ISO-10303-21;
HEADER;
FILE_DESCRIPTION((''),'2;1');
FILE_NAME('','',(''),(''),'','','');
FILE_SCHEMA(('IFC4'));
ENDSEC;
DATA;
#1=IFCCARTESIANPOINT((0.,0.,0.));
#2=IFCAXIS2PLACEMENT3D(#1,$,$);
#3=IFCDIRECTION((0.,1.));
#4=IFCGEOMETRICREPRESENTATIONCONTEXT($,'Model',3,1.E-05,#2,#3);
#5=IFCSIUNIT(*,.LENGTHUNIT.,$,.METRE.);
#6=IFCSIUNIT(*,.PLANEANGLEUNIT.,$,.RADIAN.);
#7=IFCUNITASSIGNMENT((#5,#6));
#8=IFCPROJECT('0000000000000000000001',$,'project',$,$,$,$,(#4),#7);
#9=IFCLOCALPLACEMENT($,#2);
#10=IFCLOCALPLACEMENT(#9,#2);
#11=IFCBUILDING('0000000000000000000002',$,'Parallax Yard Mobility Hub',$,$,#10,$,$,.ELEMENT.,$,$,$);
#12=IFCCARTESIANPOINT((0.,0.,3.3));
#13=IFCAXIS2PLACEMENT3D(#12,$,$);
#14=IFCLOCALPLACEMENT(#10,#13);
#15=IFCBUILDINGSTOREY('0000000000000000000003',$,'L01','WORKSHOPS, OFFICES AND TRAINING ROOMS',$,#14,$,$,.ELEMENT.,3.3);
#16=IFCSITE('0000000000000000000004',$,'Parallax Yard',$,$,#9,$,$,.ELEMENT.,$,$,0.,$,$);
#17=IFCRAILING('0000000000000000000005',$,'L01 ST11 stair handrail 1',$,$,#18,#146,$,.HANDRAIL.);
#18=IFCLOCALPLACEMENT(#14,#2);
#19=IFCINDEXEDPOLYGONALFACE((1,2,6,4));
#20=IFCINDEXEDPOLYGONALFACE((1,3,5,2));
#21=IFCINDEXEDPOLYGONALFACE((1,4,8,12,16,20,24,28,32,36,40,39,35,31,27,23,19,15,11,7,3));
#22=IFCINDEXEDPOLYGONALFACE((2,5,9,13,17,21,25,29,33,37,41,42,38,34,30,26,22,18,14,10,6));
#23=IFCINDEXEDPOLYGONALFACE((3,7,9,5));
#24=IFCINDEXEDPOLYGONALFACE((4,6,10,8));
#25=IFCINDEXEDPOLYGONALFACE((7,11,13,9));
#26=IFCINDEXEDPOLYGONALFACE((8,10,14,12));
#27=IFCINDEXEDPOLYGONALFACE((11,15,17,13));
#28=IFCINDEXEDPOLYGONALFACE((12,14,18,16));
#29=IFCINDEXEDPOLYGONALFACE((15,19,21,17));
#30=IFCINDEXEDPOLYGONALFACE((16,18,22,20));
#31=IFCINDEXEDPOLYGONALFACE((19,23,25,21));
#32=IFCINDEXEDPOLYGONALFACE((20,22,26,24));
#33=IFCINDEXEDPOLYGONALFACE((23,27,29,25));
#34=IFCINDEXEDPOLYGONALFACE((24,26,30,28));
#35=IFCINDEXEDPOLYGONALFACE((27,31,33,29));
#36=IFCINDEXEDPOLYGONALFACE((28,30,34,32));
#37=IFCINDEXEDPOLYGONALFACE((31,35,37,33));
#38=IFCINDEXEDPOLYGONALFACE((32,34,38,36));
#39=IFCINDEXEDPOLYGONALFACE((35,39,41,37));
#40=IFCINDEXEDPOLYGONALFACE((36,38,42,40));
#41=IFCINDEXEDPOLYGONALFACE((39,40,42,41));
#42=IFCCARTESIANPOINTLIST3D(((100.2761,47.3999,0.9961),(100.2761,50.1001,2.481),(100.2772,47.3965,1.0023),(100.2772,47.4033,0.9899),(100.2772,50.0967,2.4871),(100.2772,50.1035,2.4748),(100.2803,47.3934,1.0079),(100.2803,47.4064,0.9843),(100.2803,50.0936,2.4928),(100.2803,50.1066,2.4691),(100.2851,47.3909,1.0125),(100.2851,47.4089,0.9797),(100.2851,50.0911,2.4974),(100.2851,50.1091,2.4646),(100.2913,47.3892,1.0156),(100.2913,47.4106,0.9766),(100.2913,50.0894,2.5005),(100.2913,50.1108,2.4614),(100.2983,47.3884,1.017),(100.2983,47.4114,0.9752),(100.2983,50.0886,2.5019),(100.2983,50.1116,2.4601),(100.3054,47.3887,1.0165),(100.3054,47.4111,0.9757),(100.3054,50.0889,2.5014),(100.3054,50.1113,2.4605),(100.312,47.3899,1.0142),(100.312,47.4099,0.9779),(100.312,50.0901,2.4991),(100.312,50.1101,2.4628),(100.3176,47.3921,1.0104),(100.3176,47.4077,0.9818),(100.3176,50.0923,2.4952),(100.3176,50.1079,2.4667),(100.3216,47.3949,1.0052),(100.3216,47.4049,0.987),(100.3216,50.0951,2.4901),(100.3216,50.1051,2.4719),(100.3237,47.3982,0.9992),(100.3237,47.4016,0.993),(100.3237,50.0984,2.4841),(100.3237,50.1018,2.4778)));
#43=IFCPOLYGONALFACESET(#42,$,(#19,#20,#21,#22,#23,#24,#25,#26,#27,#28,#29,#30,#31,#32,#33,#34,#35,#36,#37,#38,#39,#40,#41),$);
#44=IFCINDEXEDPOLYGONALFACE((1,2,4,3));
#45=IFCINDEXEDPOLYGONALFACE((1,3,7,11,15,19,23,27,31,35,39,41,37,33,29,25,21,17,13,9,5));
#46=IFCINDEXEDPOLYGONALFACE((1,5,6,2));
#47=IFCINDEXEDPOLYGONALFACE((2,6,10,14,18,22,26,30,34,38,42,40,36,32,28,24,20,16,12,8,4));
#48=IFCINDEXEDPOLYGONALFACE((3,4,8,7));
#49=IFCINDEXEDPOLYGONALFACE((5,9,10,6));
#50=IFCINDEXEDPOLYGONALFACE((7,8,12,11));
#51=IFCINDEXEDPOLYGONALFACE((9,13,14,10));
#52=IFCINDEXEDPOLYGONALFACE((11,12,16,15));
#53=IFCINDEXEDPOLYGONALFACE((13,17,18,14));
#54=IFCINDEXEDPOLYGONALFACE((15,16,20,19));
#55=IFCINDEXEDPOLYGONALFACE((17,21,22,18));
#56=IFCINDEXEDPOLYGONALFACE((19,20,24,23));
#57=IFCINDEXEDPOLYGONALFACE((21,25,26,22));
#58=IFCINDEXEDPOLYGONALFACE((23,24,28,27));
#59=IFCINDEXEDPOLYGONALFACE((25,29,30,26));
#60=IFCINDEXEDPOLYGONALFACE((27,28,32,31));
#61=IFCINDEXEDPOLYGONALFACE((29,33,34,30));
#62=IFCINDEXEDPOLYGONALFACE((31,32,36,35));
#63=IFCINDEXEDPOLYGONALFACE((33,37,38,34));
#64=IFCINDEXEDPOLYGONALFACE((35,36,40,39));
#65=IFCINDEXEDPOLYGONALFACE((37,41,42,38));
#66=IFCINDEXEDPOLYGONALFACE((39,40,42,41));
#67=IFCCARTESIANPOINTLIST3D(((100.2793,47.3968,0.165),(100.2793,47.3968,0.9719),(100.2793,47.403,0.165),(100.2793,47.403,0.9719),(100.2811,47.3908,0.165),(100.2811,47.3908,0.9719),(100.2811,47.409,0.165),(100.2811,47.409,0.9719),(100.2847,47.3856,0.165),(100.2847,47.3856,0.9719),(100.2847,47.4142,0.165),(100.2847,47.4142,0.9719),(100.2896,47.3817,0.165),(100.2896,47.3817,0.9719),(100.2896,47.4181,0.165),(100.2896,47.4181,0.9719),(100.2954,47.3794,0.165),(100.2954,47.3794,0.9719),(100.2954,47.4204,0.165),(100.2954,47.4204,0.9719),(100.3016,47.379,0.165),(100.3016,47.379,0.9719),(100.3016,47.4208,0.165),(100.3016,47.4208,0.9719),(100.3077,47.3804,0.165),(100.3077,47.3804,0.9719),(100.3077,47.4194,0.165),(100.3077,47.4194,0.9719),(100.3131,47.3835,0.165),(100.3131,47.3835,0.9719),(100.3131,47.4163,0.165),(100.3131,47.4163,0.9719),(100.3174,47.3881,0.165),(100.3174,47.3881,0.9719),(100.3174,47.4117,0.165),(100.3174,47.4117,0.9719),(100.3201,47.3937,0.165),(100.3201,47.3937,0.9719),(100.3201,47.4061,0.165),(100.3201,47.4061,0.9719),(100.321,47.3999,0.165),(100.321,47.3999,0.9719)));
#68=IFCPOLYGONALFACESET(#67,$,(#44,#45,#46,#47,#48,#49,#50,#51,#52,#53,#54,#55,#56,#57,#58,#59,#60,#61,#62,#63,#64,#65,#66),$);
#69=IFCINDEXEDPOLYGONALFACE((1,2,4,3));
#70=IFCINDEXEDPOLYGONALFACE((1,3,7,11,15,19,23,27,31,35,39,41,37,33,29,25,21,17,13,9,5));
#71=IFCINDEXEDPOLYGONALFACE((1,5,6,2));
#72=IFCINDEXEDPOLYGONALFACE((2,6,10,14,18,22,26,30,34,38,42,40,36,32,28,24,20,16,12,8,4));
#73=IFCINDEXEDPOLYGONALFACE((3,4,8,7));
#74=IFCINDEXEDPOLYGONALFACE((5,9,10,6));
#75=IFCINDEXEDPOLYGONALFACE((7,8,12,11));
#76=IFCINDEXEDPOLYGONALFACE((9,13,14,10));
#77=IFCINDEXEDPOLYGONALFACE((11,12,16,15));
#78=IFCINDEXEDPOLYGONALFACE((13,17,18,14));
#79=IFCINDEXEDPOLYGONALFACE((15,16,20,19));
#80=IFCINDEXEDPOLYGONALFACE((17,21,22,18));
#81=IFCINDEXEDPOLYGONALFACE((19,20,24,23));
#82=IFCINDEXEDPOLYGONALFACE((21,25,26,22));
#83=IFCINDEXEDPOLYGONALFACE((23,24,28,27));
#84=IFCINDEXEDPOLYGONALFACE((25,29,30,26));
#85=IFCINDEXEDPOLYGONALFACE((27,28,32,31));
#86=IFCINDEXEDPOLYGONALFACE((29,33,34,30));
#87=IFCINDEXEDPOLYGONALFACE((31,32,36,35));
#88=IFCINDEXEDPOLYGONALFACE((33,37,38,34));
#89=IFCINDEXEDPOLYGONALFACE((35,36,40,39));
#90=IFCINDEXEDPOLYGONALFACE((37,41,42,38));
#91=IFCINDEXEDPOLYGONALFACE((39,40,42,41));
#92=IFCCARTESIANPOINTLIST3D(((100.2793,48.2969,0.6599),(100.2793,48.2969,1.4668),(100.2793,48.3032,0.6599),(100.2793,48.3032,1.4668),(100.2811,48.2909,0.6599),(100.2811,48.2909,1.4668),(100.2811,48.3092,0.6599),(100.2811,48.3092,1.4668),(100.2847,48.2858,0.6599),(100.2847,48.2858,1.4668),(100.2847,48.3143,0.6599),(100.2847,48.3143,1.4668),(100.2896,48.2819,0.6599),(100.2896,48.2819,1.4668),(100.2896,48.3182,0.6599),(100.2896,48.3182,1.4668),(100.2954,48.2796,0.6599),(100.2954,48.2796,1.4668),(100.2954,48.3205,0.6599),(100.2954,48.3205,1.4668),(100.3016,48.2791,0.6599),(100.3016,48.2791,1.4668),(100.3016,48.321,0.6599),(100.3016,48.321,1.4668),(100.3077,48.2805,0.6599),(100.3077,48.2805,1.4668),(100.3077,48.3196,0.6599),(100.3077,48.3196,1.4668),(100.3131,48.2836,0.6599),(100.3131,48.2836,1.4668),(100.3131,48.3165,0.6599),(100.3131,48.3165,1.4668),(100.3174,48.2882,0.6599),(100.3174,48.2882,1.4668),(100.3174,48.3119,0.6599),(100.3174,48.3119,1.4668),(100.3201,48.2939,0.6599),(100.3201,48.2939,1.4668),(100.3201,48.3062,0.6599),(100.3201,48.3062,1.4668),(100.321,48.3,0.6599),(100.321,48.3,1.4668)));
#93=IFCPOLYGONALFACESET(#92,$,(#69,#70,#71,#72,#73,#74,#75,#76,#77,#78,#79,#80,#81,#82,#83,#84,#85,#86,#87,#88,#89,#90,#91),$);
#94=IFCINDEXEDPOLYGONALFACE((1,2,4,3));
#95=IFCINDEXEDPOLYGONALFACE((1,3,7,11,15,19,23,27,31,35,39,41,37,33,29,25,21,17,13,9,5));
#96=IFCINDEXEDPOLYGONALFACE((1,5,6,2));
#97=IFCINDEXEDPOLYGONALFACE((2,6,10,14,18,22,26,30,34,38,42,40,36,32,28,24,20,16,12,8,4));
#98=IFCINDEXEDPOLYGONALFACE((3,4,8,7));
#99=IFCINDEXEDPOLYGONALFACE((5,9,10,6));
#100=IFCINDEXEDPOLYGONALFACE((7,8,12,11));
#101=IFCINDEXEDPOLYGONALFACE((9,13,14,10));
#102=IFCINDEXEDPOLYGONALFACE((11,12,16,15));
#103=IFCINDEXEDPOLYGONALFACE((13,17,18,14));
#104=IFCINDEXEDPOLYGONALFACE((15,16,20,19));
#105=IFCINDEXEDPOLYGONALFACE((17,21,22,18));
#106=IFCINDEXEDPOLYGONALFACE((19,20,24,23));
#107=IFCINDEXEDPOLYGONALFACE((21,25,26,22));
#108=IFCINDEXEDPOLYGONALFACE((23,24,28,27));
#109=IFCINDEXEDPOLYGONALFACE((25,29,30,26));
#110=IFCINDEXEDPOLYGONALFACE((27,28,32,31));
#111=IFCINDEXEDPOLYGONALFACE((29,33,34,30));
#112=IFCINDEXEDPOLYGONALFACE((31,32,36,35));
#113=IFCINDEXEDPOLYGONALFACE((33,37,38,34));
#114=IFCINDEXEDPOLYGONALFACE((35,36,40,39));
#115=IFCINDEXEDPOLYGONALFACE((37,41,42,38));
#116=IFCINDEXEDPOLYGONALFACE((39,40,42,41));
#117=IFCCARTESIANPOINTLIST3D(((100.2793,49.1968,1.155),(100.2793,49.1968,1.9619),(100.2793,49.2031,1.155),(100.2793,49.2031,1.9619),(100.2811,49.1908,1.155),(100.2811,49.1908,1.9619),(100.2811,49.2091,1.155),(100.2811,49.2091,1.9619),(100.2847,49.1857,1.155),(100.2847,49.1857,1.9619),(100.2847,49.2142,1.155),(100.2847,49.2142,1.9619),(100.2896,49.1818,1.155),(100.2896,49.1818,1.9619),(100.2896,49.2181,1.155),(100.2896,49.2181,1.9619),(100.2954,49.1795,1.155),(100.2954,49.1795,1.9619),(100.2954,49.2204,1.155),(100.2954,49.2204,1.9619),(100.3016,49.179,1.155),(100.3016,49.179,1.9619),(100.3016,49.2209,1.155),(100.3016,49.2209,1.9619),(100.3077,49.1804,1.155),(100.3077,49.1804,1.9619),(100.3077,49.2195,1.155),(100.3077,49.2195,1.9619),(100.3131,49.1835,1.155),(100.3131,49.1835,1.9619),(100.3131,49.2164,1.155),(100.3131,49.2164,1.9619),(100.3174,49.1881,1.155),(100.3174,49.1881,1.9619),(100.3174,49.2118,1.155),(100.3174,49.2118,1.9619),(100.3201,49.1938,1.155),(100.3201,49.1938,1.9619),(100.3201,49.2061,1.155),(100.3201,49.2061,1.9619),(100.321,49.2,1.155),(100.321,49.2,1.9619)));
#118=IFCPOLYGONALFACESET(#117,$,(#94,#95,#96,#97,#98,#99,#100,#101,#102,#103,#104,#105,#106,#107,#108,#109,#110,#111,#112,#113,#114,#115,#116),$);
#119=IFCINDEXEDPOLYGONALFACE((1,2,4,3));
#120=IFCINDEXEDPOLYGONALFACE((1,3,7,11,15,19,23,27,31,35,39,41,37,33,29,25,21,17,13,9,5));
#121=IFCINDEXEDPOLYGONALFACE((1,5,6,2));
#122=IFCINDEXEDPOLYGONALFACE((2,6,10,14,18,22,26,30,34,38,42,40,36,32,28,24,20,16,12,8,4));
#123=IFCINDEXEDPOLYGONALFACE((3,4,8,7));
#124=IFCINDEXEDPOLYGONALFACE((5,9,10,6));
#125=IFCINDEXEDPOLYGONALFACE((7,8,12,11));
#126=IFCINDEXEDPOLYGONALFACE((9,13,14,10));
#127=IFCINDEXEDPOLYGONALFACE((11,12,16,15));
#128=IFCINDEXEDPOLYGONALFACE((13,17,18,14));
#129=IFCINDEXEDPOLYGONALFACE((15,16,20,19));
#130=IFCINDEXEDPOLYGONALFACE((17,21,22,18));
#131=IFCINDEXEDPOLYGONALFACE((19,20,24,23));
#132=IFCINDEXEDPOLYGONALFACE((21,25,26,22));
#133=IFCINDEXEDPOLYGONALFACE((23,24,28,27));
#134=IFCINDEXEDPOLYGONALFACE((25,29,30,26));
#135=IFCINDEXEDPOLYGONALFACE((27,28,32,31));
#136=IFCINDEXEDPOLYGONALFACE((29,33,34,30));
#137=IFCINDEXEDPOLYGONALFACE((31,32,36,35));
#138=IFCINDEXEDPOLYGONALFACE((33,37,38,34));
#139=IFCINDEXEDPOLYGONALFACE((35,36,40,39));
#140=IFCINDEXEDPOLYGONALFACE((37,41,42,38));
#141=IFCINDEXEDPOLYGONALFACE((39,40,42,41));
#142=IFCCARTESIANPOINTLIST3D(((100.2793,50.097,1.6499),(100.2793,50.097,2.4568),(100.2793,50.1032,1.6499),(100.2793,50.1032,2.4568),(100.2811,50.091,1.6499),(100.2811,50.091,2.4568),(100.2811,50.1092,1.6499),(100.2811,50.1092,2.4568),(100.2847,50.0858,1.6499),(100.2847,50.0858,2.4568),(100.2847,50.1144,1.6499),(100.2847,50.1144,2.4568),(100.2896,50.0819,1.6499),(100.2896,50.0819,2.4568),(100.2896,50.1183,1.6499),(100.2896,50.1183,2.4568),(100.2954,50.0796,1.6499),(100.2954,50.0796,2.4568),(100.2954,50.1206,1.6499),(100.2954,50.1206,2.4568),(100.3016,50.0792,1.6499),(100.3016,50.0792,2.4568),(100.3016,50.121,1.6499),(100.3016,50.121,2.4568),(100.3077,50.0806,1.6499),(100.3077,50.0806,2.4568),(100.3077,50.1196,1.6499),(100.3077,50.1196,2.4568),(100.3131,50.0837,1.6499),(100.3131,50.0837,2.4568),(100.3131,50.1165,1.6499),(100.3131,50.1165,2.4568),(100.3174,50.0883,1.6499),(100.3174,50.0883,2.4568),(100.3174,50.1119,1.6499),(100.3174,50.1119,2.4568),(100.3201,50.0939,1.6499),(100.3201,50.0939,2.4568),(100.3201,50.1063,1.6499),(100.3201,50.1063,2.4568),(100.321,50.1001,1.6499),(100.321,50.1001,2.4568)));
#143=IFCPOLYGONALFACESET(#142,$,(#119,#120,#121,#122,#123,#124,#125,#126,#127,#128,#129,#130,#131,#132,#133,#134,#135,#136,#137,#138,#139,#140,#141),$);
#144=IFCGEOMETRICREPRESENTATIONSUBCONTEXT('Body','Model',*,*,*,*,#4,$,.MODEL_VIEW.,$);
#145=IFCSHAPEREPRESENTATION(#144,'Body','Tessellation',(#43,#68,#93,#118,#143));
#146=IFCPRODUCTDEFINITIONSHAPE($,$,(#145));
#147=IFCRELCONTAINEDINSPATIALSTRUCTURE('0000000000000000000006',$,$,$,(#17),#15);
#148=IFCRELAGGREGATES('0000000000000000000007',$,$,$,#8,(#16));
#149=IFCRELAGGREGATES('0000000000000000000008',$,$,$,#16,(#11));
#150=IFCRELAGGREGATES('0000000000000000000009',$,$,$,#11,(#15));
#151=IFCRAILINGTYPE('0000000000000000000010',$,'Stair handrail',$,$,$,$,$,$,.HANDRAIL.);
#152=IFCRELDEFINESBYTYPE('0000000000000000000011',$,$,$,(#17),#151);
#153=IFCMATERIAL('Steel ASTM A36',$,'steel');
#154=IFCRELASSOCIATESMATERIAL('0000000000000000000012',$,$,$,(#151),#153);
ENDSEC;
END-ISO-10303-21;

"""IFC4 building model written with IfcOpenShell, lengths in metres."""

from ifc_helpers import new_model, si_unit, direction, frame, origin, origin_2d, place, context, subcontext, project, spatial, circle, extrude, material, type_object, element, save


model = new_model("IFC4")

# Units and contexts
model_context = context("Model", 3, precision=1e-05, world=origin(), true_north=direction((0.0, 1.0)))
body_context = subcontext(model_context, "Body", "Model", "MODEL_VIEW")
ifc_project = project(units=[si_unit("LENGTHUNIT", "METRE"), si_unit("PLANEANGLEUNIT", "RADIAN")], contexts=[model_context])

# Site, building, storey
site_placement = place(None, origin())
site = spatial("IfcSite", under=ifc_project, at=site_placement, Name="Parallax Yard", CompositionType="ELEMENT", RefElevation=0.0)
building_placement = place(site_placement, origin())
building = spatial("IfcBuilding", under=site, at=building_placement, Name="Parallax Yard Mobility Hub", CompositionType="ELEMENT")
storey_placement = place(building_placement, frame((0.0, 0.0, 3.3)))
storey = spatial("IfcBuildingStorey", under=building, at=storey_placement, Name="L01", Description="WORKSHOPS, OFFICES AND TRAINING ROOMS", CompositionType="ELEMENT", Elevation=3.3)

# Railing
ifc_material_1 = material(Name="Steel ASTM A36", Category="steel")
railing_type_1 = type_object("IfcRailingType", Name="Stair handrail", PredefinedType="HANDRAIL", material=ifc_material_1)
for number, where, name in (
    (1, (100.3, 47.3999, 0.165), "L01 ST11 stair handrail 1"),
):
    element("IfcRailing", number, at=place(storey_placement, frame(where)), inside=storey, type_object=railing_type_1, Name=name, PredefinedType="HANDRAIL", context=body_context, shape_type="SweptSolid", body=[
        extrude(circle(Radius=0.0239, at=origin_2d()), frame((0.0, 0.0, 0.8311), z_axis=(0.0, 0.876249, 0.481858), x_axis=(-1.0, 0.0, 0.0)), (0.0, 0.0, 1.0), 3.0815),
        extrude(circle(Radius=0.021, at=origin_2d()), origin(), (0.0, 0.0, 1.0), 0.8069),
        extrude(circle(Radius=0.021, at=origin_2d()), frame((0.0, 0.9001, 0.4949)), (0.0, 0.0, 1.0), 0.8069),
        extrude(circle(Radius=0.021, at=origin_2d()), frame((0.0, 1.8, 0.99)), (0.0, 0.0, 1.0), 0.8069),
        extrude(circle(Radius=0.021, at=origin_2d()), frame((0.0, 2.7002, 1.4849)), (0.0, 0.0, 1.0), 0.8069),
    ])

save(model, "model.ifc")
